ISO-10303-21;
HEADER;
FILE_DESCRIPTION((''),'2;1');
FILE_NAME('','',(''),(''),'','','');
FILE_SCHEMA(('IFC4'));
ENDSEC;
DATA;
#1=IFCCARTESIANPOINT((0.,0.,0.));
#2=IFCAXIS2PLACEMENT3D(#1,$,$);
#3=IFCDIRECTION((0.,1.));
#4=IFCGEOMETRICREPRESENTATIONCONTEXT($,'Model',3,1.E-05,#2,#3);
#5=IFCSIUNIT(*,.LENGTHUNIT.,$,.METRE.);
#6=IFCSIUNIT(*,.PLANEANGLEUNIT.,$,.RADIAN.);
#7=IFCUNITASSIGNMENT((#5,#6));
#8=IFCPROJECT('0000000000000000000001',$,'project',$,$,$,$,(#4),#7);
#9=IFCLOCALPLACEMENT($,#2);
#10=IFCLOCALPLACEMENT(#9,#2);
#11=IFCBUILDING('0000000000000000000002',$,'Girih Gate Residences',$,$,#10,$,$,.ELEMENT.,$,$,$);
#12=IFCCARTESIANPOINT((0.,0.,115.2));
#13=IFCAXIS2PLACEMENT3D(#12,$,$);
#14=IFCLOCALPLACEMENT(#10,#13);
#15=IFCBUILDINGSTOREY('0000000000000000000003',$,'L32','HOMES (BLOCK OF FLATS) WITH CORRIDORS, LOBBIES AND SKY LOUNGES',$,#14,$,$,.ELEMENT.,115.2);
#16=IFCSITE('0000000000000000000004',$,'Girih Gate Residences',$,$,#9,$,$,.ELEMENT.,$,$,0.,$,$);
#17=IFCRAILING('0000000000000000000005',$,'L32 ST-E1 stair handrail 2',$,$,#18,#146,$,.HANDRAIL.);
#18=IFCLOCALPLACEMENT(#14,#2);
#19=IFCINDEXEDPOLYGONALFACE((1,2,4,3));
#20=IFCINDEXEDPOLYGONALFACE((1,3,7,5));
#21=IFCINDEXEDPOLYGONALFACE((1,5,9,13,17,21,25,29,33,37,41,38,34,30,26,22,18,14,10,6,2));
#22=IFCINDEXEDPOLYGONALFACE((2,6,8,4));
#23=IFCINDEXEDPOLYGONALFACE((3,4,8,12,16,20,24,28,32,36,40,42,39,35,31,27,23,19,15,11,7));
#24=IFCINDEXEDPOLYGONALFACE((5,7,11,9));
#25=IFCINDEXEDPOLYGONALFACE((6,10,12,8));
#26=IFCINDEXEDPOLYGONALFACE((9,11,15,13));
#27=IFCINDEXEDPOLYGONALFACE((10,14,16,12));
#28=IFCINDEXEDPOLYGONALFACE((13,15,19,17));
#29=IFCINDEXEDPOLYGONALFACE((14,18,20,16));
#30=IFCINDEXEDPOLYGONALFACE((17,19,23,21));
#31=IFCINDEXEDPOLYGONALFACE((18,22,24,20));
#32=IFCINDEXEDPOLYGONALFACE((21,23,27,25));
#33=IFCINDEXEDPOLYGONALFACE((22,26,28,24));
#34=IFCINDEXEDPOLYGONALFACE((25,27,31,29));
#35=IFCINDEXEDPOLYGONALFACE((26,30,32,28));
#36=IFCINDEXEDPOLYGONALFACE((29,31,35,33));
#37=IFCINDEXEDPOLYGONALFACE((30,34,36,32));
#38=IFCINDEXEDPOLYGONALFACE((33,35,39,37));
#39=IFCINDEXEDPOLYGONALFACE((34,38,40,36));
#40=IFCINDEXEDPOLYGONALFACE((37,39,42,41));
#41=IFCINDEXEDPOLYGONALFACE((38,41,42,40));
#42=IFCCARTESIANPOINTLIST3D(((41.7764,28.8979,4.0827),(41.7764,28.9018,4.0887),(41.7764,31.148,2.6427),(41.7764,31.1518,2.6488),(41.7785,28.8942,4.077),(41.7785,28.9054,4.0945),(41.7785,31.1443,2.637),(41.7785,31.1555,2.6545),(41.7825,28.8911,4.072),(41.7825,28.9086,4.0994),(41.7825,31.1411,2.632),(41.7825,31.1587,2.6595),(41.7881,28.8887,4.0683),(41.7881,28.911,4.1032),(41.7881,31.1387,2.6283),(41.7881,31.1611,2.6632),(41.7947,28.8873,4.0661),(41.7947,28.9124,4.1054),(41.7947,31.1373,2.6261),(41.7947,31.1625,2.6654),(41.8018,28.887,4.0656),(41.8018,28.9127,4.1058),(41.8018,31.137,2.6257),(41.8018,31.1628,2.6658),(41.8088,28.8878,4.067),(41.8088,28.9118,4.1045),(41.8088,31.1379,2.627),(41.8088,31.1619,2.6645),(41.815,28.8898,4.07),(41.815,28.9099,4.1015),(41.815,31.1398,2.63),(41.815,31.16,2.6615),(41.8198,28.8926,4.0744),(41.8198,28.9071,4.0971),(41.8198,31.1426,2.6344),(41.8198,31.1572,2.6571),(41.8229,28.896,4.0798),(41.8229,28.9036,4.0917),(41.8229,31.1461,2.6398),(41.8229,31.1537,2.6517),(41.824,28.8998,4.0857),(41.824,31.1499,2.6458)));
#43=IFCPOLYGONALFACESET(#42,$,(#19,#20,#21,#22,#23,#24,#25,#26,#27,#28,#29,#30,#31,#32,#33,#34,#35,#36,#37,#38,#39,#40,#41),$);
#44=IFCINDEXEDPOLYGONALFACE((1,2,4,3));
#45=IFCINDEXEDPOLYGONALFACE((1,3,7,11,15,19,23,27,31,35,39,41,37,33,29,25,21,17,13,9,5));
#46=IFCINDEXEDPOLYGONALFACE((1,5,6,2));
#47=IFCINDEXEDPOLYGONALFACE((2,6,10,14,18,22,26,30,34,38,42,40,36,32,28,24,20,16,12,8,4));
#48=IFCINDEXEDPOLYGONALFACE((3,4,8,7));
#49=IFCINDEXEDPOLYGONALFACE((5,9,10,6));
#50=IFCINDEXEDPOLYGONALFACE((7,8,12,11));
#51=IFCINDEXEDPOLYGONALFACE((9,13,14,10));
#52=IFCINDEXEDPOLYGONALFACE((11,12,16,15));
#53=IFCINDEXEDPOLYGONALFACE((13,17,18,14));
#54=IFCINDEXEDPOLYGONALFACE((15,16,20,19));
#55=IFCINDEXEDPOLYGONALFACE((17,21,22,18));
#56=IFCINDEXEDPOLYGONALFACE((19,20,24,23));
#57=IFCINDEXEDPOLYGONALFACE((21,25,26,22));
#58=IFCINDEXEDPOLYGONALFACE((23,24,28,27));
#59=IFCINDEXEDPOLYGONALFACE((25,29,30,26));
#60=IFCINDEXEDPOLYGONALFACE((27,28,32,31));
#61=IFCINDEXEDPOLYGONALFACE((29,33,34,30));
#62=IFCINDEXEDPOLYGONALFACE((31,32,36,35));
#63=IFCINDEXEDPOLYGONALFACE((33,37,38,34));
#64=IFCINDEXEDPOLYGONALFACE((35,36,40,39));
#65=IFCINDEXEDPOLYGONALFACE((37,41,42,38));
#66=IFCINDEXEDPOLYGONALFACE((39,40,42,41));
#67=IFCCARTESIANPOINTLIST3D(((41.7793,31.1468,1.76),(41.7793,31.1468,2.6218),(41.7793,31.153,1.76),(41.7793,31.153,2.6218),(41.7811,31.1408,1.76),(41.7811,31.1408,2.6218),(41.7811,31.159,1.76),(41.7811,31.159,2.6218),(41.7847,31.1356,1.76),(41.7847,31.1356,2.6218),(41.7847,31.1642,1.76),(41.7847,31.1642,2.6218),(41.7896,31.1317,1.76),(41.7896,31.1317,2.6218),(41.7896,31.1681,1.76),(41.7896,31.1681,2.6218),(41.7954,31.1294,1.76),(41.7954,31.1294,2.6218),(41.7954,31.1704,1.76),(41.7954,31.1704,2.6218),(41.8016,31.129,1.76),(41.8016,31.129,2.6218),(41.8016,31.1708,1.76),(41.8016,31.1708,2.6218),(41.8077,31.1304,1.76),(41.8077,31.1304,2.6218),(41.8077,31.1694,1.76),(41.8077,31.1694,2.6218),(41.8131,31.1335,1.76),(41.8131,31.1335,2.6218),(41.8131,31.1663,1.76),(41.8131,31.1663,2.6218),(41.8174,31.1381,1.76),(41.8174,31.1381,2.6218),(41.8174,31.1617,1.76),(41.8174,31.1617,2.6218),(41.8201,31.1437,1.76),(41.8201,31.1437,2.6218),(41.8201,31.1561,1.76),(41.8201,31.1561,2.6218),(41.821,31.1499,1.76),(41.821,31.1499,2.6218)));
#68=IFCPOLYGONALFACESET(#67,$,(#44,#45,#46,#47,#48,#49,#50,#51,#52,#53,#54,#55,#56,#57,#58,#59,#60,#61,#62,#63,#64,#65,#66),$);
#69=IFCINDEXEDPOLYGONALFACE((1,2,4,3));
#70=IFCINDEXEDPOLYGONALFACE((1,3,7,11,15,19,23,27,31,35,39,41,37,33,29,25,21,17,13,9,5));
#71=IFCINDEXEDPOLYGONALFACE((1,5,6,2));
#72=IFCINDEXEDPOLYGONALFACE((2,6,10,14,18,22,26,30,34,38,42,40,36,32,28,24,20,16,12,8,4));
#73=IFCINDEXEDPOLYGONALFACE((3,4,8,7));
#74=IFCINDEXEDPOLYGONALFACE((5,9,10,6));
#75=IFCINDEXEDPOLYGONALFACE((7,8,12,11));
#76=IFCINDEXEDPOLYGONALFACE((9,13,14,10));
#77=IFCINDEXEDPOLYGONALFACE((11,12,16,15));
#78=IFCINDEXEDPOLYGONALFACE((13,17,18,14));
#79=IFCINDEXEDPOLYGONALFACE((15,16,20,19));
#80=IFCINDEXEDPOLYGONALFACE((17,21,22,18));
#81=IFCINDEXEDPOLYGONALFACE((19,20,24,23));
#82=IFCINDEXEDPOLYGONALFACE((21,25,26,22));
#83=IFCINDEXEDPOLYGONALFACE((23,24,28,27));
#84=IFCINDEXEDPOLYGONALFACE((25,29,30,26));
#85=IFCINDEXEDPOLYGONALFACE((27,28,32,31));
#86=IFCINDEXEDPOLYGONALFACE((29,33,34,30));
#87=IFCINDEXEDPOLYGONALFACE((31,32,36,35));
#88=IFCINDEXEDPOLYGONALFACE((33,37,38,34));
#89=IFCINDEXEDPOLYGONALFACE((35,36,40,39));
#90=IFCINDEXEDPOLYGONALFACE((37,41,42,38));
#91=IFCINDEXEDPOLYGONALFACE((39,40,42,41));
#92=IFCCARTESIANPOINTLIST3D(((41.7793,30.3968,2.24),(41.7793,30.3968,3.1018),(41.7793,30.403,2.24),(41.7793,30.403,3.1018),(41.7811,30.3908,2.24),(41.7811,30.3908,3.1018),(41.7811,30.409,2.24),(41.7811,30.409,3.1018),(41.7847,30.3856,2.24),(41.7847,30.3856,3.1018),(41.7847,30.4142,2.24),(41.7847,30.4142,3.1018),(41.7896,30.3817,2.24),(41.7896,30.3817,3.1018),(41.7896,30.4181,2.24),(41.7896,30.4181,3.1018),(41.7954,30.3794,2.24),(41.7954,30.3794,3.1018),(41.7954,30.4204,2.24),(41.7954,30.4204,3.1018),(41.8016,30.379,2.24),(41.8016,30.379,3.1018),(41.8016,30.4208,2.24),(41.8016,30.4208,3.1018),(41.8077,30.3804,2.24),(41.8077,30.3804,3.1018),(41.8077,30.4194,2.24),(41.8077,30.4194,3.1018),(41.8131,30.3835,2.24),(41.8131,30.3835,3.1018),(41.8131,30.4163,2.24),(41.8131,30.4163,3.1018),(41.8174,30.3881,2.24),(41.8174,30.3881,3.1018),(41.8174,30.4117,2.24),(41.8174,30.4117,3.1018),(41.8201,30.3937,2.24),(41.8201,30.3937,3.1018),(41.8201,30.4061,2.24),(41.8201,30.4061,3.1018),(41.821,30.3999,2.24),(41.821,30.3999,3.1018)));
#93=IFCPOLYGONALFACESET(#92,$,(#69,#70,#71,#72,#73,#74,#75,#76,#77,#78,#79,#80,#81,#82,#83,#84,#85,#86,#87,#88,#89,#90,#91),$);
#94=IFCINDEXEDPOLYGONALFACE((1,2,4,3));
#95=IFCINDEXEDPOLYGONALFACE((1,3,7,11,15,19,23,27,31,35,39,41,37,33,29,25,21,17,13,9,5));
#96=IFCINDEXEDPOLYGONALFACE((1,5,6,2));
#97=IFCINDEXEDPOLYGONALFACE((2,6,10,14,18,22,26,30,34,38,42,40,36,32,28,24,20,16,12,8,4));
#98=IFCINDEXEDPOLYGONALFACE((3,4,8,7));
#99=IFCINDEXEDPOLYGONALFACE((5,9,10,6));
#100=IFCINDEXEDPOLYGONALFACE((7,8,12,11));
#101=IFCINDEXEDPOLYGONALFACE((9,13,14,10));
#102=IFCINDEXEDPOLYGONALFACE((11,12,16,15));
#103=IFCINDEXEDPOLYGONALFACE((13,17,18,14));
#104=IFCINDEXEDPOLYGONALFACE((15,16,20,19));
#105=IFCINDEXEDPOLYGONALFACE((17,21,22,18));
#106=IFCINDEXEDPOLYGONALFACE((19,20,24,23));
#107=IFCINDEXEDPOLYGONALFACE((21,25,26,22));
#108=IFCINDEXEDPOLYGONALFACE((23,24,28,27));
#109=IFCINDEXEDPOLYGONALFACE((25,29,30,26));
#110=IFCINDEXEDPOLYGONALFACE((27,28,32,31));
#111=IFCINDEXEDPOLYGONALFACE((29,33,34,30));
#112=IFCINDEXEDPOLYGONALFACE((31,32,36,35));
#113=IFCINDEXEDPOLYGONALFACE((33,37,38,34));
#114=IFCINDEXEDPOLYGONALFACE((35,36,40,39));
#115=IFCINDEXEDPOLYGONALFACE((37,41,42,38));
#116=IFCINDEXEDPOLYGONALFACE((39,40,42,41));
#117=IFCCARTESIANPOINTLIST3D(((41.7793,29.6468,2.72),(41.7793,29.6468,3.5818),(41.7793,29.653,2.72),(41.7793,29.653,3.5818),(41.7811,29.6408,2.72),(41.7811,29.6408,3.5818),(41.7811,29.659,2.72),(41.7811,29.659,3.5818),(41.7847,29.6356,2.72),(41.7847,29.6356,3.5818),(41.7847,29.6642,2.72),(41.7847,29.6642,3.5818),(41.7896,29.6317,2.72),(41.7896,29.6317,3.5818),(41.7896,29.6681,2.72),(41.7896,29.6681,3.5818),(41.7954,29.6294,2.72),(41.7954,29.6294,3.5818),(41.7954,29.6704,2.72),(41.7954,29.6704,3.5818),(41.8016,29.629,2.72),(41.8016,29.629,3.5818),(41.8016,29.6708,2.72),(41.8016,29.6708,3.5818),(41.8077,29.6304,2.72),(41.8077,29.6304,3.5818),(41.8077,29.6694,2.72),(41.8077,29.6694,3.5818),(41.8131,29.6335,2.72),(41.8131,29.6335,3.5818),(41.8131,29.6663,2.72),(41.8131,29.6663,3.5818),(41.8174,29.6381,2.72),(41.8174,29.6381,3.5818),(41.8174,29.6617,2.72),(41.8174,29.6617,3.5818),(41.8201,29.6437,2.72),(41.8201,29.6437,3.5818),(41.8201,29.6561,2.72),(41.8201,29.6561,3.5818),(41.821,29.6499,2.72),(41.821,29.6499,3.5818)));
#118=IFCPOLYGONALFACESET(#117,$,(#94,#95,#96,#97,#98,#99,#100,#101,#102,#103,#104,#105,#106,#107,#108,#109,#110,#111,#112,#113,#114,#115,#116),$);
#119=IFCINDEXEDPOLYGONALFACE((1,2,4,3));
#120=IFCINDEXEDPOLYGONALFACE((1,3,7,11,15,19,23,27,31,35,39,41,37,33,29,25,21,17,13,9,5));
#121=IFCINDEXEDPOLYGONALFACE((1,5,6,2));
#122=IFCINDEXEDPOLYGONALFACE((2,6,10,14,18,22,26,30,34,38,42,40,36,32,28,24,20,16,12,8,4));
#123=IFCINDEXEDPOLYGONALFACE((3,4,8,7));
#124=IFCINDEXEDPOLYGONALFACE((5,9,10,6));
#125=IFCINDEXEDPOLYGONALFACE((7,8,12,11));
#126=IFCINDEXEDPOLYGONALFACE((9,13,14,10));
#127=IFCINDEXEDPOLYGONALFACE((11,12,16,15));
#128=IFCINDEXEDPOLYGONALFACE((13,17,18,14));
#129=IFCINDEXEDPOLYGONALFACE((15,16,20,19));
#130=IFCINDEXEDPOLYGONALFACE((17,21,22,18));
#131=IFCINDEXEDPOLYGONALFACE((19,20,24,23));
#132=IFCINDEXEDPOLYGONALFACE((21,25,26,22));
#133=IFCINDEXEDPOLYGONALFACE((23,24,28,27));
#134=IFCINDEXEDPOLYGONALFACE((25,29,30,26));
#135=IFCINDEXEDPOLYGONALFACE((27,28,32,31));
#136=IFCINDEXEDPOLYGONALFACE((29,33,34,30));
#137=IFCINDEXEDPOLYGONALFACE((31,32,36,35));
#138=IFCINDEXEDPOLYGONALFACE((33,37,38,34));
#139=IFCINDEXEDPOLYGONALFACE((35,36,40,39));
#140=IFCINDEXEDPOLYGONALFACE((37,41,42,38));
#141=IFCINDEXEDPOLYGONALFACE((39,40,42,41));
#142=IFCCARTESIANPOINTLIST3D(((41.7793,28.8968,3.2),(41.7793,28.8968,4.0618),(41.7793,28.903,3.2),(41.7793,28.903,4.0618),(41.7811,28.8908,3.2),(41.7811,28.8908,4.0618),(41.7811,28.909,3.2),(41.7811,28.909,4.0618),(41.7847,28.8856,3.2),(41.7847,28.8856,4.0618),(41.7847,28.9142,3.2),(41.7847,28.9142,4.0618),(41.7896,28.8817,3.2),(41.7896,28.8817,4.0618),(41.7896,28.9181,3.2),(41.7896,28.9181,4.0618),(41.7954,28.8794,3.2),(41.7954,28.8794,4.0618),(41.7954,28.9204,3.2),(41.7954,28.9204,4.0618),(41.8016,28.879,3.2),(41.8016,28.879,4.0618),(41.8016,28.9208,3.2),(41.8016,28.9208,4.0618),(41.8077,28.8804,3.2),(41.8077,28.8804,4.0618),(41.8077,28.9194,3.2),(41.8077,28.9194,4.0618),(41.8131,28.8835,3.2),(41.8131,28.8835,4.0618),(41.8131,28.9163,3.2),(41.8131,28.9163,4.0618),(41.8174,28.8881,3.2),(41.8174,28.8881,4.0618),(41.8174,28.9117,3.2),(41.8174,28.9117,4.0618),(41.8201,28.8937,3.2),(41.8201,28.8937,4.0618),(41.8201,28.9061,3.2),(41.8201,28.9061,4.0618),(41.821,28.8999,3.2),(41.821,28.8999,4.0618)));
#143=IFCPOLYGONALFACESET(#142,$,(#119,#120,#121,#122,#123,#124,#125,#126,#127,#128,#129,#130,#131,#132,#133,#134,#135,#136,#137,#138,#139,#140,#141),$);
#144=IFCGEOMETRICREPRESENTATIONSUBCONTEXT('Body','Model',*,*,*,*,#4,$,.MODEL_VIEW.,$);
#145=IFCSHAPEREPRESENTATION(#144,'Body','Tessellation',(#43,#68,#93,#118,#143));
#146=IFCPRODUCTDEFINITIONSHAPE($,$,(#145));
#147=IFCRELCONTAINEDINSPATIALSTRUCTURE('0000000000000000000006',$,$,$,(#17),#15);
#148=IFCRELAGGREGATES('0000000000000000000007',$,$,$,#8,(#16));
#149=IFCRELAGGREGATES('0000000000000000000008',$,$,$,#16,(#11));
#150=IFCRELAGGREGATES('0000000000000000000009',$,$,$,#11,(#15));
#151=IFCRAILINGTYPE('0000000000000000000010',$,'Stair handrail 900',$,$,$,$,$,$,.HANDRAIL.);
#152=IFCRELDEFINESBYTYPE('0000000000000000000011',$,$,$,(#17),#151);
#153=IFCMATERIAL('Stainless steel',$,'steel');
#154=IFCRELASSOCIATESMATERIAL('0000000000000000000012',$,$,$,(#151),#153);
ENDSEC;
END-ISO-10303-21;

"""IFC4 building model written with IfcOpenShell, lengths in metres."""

from ifc_helpers import new_model, si_unit, direction, frame, origin, origin_2d, place, context, subcontext, project, spatial, circle, extrude, material, type_object, element, save


model = new_model("IFC4")

# Units and contexts
model_context = context("Model", 3, precision=1e-05, world=origin(), true_north=direction((0.0, 1.0)))
body_context = subcontext(model_context, "Body", "Model", "MODEL_VIEW")
ifc_project = project(units=[si_unit("LENGTHUNIT", "METRE"), si_unit("PLANEANGLEUNIT", "RADIAN")], contexts=[model_context])

# Site, building, storey
site_placement = place(None, origin())
site = spatial("IfcSite", under=ifc_project, at=site_placement, Name="Girih Gate Residences", CompositionType="ELEMENT", RefElevation=0.0)
building_placement = place(site_placement, origin())
building = spatial("IfcBuilding", under=site, at=building_placement, Name="Girih Gate Residences", CompositionType="ELEMENT")
storey_placement = place(building_placement, frame((0.0, 0.0, 115.2)))
storey = spatial("IfcBuildingStorey", under=building, at=storey_placement, Name="L32", Description="HOMES (BLOCK OF FLATS) WITH CORRIDORS, LOBBIES AND SKY LOUNGES", CompositionType="ELEMENT", Elevation=115.2)

# Railing
ifc_material_1 = material(Name="Stainless steel", Category="steel")
railing_type_1 = type_object("IfcRailingType", Name="Stair handrail 900", PredefinedType="HANDRAIL", material=ifc_material_1)
railing_1_placement = place(storey_placement, frame((41.8, 31.1499, 1.76)))
element("IfcRailing", 1, at=railing_1_placement, inside=storey, type_object=railing_type_1, Name="L32 ST-E1 stair handrail 2", PredefinedType="HANDRAIL", context=body_context, shape_type="SweptSolid", body=[
    extrude(circle(Radius=0.0239, at=origin_2d()), frame((0.0, 0.0, 0.8857), z_axis=(0.0, -0.842281, 0.539038), x_axis=(1.0, 0.0, 0.0)), (0.0, 0.0, 1.0), 2.6714),
    extrude(circle(Radius=0.021, at=origin_2d()), origin(), (0.0, 0.0, 1.0), 0.8618),
    extrude(circle(Radius=0.021, at=origin_2d()), frame((0.0, -0.75, 0.48)), (0.0, 0.0, 1.0), 0.8618),
    extrude(circle(Radius=0.021, at=origin_2d()), frame((0.0, -1.5, 0.96)), (0.0, 0.0, 1.0), 0.8618),
    extrude(circle(Radius=0.021, at=origin_2d()), frame((0.0, -2.25, 1.4399)), (0.0, 0.0, 1.0), 0.8618),
])

save(model, "model.ifc")
